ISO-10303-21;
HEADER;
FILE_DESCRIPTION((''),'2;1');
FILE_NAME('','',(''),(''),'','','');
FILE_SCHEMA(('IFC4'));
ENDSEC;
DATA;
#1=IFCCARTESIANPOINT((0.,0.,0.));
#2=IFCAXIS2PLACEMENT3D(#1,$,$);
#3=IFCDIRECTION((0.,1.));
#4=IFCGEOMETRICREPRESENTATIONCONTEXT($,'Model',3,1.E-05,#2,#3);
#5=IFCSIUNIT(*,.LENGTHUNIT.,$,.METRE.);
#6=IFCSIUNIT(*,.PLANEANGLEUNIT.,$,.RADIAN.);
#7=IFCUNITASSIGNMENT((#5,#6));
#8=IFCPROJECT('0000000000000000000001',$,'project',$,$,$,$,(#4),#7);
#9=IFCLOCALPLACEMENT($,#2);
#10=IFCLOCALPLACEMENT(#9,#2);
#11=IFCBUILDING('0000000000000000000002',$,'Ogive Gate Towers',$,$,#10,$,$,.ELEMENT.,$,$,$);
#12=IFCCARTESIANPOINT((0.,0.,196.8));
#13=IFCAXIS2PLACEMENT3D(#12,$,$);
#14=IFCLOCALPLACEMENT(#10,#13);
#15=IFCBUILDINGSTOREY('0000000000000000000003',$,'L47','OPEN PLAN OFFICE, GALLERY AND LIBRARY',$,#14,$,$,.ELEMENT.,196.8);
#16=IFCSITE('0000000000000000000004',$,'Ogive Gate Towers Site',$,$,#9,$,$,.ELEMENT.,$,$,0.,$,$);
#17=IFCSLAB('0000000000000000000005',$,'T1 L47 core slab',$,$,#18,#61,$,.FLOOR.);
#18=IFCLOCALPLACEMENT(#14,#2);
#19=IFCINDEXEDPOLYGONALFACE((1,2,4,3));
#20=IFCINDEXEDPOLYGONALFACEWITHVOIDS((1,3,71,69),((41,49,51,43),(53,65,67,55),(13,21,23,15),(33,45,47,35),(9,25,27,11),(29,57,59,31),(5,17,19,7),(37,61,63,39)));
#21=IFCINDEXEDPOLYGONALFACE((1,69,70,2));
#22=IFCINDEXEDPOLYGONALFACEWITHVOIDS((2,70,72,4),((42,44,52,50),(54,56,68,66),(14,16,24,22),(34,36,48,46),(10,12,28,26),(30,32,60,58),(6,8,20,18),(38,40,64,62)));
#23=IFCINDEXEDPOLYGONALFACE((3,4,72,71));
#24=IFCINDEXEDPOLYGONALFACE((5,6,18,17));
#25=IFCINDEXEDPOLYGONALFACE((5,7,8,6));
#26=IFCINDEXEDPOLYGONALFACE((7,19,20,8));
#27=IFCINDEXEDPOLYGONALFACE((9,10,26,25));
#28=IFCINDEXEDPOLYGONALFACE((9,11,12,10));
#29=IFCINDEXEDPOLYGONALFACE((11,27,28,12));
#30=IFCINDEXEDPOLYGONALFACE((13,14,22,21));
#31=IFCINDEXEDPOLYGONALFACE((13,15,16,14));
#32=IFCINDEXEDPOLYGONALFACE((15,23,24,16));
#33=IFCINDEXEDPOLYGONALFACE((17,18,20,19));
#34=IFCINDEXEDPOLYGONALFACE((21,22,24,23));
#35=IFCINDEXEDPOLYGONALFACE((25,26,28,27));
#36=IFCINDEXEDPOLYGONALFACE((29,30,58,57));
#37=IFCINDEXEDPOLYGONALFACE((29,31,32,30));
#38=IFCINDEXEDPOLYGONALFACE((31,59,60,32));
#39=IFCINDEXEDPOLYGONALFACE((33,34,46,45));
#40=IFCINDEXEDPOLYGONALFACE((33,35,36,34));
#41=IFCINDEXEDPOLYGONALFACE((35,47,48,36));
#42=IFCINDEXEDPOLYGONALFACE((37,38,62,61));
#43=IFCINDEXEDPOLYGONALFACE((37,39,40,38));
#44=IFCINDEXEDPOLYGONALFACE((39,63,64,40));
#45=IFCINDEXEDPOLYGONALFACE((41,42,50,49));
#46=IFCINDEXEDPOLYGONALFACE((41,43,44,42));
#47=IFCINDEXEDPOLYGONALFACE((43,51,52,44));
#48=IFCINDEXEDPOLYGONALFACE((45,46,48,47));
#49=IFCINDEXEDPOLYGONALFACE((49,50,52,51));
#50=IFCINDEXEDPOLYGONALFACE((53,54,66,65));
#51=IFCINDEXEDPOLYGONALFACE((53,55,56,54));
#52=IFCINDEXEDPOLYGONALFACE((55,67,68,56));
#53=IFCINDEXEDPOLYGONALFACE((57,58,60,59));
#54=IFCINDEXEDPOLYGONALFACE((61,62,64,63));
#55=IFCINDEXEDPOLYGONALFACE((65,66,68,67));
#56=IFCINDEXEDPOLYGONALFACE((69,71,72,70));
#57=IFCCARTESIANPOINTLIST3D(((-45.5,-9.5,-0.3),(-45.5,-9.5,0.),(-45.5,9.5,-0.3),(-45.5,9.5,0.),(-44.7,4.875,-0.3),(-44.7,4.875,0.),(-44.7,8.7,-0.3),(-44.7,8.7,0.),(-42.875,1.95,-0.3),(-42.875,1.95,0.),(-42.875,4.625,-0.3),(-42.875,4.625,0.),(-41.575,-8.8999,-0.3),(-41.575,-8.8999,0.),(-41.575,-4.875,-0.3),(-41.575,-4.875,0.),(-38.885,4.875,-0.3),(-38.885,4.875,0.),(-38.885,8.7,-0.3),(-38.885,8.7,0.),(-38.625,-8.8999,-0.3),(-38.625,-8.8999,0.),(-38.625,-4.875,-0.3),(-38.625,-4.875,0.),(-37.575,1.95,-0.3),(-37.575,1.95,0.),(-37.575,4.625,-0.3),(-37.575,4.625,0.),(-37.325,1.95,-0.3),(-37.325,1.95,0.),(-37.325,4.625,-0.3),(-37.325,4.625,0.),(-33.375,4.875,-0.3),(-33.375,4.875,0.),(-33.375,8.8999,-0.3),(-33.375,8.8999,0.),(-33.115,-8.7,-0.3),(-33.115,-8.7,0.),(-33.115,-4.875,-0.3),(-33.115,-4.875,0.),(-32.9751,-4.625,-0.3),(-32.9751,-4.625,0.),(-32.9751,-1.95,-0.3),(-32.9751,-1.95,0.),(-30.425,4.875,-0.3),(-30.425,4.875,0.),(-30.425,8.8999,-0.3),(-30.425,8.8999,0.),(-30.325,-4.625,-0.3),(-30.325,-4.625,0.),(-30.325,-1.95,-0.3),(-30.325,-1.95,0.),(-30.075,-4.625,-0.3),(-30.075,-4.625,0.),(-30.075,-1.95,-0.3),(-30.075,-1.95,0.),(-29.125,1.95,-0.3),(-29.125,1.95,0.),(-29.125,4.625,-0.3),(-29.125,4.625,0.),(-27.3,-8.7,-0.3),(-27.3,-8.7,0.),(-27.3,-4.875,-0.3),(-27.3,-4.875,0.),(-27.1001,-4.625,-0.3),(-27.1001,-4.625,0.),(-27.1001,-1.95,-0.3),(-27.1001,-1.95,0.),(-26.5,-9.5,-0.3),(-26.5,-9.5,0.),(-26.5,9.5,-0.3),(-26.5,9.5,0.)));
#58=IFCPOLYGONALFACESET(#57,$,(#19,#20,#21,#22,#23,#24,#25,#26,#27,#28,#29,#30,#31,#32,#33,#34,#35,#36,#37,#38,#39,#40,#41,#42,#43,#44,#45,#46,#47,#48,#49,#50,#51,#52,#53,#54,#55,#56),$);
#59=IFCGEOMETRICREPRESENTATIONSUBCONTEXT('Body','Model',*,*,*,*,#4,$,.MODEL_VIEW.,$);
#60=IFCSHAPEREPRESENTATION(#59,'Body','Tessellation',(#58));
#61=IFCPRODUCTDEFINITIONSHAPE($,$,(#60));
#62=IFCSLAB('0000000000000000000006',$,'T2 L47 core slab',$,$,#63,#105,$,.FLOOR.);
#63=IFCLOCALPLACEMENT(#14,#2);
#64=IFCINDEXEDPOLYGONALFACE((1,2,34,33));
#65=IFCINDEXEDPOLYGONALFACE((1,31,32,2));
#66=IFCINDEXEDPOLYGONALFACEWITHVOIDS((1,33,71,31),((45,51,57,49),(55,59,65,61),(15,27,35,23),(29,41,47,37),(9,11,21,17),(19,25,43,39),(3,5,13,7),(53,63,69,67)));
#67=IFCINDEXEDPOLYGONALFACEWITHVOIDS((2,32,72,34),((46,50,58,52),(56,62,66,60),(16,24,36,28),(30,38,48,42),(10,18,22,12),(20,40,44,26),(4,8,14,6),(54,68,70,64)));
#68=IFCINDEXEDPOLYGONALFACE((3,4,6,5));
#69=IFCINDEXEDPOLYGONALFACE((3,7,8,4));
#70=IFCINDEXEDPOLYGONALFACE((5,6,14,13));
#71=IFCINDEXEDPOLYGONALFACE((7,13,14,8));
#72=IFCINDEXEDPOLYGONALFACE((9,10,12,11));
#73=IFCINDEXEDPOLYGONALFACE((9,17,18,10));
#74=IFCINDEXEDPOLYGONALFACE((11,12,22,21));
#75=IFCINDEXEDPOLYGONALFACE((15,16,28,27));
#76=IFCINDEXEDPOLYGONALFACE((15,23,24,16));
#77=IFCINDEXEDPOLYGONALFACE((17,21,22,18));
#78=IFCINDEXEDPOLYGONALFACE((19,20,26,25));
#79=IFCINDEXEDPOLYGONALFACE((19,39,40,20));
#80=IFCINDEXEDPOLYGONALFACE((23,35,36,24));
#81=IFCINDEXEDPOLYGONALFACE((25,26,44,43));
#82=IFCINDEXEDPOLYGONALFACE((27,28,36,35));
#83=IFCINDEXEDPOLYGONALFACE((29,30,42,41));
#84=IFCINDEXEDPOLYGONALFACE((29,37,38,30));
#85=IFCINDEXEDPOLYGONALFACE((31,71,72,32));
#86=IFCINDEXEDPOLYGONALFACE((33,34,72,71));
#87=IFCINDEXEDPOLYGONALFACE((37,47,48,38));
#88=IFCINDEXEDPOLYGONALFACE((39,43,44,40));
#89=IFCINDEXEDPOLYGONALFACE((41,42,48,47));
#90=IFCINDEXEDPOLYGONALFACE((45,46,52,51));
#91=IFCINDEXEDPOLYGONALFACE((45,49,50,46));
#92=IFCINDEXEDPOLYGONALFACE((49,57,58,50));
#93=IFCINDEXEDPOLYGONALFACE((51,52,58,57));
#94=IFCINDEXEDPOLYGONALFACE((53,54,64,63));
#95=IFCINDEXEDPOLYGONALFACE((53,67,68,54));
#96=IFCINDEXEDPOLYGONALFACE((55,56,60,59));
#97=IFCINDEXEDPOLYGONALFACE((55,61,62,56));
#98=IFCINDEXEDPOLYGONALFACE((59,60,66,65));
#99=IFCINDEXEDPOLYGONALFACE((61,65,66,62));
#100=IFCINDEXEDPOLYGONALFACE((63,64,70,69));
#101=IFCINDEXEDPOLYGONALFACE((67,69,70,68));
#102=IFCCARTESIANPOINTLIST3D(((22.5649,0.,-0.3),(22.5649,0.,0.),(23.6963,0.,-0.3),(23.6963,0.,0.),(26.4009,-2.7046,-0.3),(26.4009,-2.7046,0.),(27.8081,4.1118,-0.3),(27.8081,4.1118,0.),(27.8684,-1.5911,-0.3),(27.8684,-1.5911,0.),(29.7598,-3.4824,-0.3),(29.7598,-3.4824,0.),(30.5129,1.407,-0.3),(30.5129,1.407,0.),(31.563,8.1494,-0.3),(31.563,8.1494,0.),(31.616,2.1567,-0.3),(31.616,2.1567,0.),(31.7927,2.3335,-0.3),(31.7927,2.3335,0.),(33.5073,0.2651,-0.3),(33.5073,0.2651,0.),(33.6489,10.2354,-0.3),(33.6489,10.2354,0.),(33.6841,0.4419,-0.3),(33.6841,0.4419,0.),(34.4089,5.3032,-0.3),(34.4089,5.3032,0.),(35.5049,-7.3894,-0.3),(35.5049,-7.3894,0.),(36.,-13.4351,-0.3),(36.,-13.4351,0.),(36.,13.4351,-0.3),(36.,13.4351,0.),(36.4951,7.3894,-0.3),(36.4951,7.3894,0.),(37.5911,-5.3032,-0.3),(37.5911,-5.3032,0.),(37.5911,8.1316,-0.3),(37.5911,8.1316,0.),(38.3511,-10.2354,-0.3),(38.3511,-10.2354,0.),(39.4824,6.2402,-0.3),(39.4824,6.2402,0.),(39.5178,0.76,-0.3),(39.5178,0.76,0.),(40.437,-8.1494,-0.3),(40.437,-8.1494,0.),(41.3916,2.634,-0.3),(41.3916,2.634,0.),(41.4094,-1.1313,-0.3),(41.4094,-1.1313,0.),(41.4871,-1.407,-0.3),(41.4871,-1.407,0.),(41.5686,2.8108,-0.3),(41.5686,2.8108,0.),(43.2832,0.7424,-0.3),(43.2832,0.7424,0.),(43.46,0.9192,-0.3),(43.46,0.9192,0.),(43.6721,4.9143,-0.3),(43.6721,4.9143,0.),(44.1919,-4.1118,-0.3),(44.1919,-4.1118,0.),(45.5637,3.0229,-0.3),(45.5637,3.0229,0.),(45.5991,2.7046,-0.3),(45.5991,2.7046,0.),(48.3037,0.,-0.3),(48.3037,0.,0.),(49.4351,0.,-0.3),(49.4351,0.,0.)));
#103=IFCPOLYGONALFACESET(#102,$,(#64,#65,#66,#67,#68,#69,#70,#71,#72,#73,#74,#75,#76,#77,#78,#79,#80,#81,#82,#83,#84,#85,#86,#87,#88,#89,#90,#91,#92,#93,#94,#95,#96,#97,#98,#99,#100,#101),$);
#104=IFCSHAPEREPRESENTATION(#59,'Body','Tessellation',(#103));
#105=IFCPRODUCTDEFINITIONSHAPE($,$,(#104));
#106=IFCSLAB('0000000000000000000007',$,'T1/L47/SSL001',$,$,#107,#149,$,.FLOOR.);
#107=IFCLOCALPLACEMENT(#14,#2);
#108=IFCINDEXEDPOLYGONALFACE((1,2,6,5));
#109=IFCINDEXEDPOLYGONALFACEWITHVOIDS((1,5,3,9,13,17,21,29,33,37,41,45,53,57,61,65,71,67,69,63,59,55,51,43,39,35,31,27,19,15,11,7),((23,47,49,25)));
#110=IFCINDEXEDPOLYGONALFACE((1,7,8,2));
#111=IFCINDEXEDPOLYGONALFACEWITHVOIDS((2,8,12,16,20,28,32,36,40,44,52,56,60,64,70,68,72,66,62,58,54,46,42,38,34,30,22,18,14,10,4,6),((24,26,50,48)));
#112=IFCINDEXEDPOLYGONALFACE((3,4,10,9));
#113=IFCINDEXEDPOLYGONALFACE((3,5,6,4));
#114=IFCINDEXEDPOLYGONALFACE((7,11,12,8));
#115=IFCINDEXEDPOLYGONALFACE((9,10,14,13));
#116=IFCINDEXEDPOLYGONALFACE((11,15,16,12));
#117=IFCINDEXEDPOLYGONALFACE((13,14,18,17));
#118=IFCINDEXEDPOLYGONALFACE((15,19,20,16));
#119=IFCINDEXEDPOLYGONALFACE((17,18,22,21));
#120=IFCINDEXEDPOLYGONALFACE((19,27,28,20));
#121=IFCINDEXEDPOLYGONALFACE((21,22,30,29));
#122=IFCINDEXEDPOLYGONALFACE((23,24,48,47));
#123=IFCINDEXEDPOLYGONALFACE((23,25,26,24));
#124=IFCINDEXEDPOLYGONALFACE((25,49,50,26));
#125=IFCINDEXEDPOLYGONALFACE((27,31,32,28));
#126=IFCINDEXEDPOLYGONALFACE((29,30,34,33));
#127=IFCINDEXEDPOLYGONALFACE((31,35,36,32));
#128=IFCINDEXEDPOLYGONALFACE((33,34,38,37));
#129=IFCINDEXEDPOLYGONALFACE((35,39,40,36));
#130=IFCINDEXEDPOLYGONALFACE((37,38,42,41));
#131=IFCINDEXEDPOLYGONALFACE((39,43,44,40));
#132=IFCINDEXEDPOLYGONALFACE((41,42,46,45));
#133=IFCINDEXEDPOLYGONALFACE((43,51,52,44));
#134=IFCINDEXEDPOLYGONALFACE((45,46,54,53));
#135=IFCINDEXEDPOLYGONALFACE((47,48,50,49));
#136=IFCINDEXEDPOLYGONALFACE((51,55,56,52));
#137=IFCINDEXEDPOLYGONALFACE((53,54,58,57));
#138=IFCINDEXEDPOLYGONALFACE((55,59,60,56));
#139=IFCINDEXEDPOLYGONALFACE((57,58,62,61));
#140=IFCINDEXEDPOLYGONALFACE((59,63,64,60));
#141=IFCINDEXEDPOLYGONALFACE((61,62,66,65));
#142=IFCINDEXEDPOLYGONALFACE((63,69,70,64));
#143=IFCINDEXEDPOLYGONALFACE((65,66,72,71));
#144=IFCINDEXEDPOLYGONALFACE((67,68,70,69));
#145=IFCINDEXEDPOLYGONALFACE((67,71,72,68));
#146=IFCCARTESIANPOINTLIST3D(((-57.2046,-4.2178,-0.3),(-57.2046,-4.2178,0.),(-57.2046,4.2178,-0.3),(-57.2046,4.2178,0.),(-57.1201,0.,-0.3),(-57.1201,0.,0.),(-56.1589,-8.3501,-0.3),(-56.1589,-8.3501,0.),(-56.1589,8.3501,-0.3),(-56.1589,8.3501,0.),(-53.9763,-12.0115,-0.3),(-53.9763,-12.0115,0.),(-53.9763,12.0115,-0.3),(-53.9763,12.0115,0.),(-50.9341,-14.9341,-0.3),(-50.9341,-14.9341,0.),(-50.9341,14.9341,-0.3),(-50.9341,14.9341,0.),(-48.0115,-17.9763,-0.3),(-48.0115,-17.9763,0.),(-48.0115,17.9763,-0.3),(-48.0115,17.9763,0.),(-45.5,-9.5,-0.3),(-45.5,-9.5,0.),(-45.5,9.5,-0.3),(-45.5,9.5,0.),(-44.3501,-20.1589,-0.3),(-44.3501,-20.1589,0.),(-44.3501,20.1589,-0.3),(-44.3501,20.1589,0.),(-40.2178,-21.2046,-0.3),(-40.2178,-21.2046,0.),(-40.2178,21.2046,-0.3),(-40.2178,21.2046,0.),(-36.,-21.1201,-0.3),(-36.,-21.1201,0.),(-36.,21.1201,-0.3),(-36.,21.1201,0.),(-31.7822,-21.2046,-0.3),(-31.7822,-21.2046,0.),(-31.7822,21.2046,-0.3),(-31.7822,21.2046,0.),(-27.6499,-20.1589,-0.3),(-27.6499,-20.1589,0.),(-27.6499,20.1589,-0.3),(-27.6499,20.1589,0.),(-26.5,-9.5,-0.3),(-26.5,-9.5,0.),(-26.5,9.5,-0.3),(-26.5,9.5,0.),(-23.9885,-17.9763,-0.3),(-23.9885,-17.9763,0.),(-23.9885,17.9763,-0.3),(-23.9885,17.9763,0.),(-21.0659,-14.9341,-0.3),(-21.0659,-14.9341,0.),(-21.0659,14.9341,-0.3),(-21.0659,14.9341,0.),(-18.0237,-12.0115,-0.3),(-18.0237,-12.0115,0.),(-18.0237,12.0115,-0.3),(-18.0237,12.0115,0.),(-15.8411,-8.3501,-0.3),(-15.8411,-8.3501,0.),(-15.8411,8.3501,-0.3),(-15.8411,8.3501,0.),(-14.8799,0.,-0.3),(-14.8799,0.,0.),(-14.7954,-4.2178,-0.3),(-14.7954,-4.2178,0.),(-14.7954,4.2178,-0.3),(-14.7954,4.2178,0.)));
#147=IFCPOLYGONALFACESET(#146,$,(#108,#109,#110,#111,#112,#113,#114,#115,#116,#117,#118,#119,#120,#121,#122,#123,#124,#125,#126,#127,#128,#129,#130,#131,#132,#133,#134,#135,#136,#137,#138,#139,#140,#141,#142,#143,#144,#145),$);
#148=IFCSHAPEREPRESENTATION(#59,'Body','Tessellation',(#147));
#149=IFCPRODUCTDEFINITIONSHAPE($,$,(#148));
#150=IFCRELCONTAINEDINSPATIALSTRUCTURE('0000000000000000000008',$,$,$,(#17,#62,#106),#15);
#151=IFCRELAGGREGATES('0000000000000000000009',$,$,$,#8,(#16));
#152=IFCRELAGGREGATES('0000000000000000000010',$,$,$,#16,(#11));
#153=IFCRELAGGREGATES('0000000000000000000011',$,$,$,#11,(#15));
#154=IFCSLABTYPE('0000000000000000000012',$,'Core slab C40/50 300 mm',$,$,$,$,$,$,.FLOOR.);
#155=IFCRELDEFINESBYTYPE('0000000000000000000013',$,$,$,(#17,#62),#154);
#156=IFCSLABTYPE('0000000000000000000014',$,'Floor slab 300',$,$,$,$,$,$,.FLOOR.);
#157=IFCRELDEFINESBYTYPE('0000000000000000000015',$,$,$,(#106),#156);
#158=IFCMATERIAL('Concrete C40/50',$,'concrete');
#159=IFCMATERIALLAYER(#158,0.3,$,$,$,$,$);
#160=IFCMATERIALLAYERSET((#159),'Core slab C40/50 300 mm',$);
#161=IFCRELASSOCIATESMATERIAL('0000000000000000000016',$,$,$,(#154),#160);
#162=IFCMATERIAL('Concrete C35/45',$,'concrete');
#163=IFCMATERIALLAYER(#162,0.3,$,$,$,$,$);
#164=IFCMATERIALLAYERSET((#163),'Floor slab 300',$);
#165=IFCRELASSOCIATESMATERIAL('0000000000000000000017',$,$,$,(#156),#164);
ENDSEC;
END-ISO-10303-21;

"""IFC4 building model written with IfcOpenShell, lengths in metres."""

from ifc_helpers import new_model, si_unit, direction, frame, origin, place, context, subcontext, project, spatial, polyline, outline, extrude, material, layer, layer_set, type_object, element, save


model = new_model("IFC4")

# Units and contexts
model_context = context("Model", 3, precision=1e-05, world=origin(), true_north=direction((0.0, 1.0)))
body_context = subcontext(model_context, "Body", "Model", "MODEL_VIEW")
ifc_project = project(units=[si_unit("LENGTHUNIT", "METRE"), si_unit("PLANEANGLEUNIT", "RADIAN")], contexts=[model_context])

# Site, building, storey
site_placement = place(None, origin())
site = spatial("IfcSite", under=ifc_project, at=site_placement, Name="Ogive Gate Towers Site", CompositionType="ELEMENT", RefElevation=0.0)
building_placement = place(site_placement, origin())
building = spatial("IfcBuilding", under=site, at=building_placement, Name="Ogive Gate Towers", CompositionType="ELEMENT")
storey_placement = place(building_placement, frame((0.0, 0.0, 196.8)))
storey = spatial("IfcBuildingStorey", under=building, at=storey_placement, Name="L47", Description="OPEN PLAN OFFICE, GALLERY AND LIBRARY", CompositionType="ELEMENT", Elevation=196.8)

# Slabs
ifc_material_1 = material(Name="Concrete C40/50", Category="concrete")
ifc_layer_1 = layer(ifc_material_1, 0.3)
ifc_layer_set_1 = layer_set([ifc_layer_1], Name="Core slab C40/50 300 mm")
slab_type_1 = type_object("IfcSlabType", Name="Core slab C40/50 300 mm", PredefinedType="FLOOR", material=ifc_layer_set_1)
slab_1_placement = place(storey_placement, frame((0.0, 0.0, -0.3)))
element("IfcSlab", 1, at=slab_1_placement, inside=storey, type_object=slab_type_1, Name="T1 L47 core slab", PredefinedType="FLOOR", context=body_context, shape_type="SweptSolid", body=[
    extrude(outline(polyline([(-45.5, -9.5), (-45.5, 9.5), (-26.5, 9.5), (-26.5, -9.5), (-45.5, -9.5)]), holes=[polyline([(-42.875, 1.95), (-37.575, 1.95), (-37.575, 4.625), (-42.875, 4.625), (-42.875, 1.95)]), polyline([(-37.325, 4.625), (-37.325, 1.95), (-29.125, 1.95), (-29.125, 4.625), (-37.325, 4.625)]), polyline([(-30.325, -1.95), (-32.9751, -1.95), (-32.9751, -4.625), (-30.325, -4.625), (-30.325, -1.95)]), polyline([(-27.1001, -4.625), (-27.1001, -1.95), (-30.075, -1.95), (-30.075, -4.625), (-27.1001, -4.625)]), polyline([(-33.375, 4.875), (-30.425, 4.875), (-30.425, 8.8999), (-33.375, 8.8999), (-33.375, 4.875)]), polyline([(-41.575, -4.875), (-41.575, -8.8999), (-38.625, -8.8999), (-38.625, -4.875), (-41.575, -4.875)]), polyline([(-44.7, 4.875), (-38.885, 4.875), (-38.885, 8.7), (-44.7, 8.7), (-44.7, 4.875)]), polyline([(-27.3, -8.7), (-27.3, -4.875), (-33.115, -4.875), (-33.115, -8.7), (-27.3, -8.7)])]), origin(), (0.0, 0.0, 1.0), 0.3),
])
slab_2_placement = place(storey_placement, frame((0.0, 0.0, -0.3)))
element("IfcSlab", 2, at=slab_2_placement, inside=storey, type_object=slab_type_1, Name="T2 L47 core slab", PredefinedType="FLOOR", context=body_context, shape_type="SweptSolid", body=[
    extrude(outline(polyline([(36.0, -13.4351), (22.5649, 0.0), (36.0, 13.4351), (49.4351, 0.0), (36.0, -13.4351)]), holes=[polyline([(29.7598, -3.4824), (33.5073, 0.2651), (31.616, 2.1567), (27.8684, -1.5911), (29.7598, -3.4824)]), polyline([(31.7927, 2.3335), (33.6841, 0.4419), (39.4824, 6.2402), (37.5911, 8.1316), (31.7927, 2.3335)]), polyline([(41.3916, 2.634), (39.5178, 0.76), (41.4094, -1.1313), (43.2832, 0.7424), (41.3916, 2.634)]), polyline([(45.5637, 3.0229), (43.6721, 4.9143), (41.5686, 2.8108), (43.46, 0.9192), (45.5637, 3.0229)]), polyline([(34.4089, 5.3032), (36.4951, 7.3894), (33.6489, 10.2354), (31.563, 8.1494), (34.4089, 5.3032)]), polyline([(35.5049, -7.3894), (38.3511, -10.2354), (40.437, -8.1494), (37.5911, -5.3032), (35.5049, -7.3894)]), polyline([(26.4009, -2.7046), (30.5129, 1.407), (27.8081, 4.1118), (23.6963, 0.0), (26.4009, -2.7046)]), polyline([(48.3037, 0.0), (45.5991, 2.7046), (41.4871, -1.407), (44.1919, -4.1118), (48.3037, 0.0)])]), origin(), (0.0, 0.0, 1.0), 0.3),
])
ifc_material_2 = material(Name="Concrete C35/45", Category="concrete")
ifc_layer_2 = layer(ifc_material_2, 0.3)
ifc_layer_set_2 = layer_set([ifc_layer_2], Name="Floor slab 300")
slab_type_2 = type_object("IfcSlabType", Name="Floor slab 300", PredefinedType="FLOOR", material=ifc_layer_set_2)
slab_3_placement = place(storey_placement, frame((0.0, 0.0, -0.3)))
element("IfcSlab", 3, at=slab_3_placement, inside=storey, type_object=slab_type_2, Name="T1/L47/SSL001", PredefinedType="FLOOR", context=body_context, shape_type="SweptSolid", body=[
    extrude(outline(polyline([(-14.7954, -4.2178), (-14.8799, 0.0), (-14.7954, 4.2178), (-15.8411, 8.3501), (-18.0237, 12.0115), (-21.0659, 14.9341), (-23.9885, 17.9763), (-27.6499, 20.1589), (-31.7822, 21.2046), (-36.0, 21.1201), (-40.2178, 21.2046), (-44.3501, 20.1589), (-48.0115, 17.9763), (-50.9341, 14.9341), (-53.9763, 12.0115), (-56.1589, 8.3501), (-57.2046, 4.2178), (-57.1201, 0.0), (-57.2046, -4.2178), (-56.1589, -8.3501), (-53.9763, -12.0115), (-50.9341, -14.9341), (-48.0115, -17.9763), (-44.3501, -20.1589), (-40.2178, -21.2046), (-36.0, -21.1201), (-31.7822, -21.2046), (-27.6499, -20.1589), (-23.9885, -17.9763), (-21.0659, -14.9341), (-18.0237, -12.0115), (-15.8411, -8.3501), (-14.7954, -4.2178)]), holes=[polyline([(-26.5, -9.5), (-45.5, -9.5), (-45.5, 9.5), (-26.5, 9.5), (-26.5, -9.5)])]), origin(), (0.0, 0.0, 1.0), 0.3),
])

save(model, "model.ifc")
